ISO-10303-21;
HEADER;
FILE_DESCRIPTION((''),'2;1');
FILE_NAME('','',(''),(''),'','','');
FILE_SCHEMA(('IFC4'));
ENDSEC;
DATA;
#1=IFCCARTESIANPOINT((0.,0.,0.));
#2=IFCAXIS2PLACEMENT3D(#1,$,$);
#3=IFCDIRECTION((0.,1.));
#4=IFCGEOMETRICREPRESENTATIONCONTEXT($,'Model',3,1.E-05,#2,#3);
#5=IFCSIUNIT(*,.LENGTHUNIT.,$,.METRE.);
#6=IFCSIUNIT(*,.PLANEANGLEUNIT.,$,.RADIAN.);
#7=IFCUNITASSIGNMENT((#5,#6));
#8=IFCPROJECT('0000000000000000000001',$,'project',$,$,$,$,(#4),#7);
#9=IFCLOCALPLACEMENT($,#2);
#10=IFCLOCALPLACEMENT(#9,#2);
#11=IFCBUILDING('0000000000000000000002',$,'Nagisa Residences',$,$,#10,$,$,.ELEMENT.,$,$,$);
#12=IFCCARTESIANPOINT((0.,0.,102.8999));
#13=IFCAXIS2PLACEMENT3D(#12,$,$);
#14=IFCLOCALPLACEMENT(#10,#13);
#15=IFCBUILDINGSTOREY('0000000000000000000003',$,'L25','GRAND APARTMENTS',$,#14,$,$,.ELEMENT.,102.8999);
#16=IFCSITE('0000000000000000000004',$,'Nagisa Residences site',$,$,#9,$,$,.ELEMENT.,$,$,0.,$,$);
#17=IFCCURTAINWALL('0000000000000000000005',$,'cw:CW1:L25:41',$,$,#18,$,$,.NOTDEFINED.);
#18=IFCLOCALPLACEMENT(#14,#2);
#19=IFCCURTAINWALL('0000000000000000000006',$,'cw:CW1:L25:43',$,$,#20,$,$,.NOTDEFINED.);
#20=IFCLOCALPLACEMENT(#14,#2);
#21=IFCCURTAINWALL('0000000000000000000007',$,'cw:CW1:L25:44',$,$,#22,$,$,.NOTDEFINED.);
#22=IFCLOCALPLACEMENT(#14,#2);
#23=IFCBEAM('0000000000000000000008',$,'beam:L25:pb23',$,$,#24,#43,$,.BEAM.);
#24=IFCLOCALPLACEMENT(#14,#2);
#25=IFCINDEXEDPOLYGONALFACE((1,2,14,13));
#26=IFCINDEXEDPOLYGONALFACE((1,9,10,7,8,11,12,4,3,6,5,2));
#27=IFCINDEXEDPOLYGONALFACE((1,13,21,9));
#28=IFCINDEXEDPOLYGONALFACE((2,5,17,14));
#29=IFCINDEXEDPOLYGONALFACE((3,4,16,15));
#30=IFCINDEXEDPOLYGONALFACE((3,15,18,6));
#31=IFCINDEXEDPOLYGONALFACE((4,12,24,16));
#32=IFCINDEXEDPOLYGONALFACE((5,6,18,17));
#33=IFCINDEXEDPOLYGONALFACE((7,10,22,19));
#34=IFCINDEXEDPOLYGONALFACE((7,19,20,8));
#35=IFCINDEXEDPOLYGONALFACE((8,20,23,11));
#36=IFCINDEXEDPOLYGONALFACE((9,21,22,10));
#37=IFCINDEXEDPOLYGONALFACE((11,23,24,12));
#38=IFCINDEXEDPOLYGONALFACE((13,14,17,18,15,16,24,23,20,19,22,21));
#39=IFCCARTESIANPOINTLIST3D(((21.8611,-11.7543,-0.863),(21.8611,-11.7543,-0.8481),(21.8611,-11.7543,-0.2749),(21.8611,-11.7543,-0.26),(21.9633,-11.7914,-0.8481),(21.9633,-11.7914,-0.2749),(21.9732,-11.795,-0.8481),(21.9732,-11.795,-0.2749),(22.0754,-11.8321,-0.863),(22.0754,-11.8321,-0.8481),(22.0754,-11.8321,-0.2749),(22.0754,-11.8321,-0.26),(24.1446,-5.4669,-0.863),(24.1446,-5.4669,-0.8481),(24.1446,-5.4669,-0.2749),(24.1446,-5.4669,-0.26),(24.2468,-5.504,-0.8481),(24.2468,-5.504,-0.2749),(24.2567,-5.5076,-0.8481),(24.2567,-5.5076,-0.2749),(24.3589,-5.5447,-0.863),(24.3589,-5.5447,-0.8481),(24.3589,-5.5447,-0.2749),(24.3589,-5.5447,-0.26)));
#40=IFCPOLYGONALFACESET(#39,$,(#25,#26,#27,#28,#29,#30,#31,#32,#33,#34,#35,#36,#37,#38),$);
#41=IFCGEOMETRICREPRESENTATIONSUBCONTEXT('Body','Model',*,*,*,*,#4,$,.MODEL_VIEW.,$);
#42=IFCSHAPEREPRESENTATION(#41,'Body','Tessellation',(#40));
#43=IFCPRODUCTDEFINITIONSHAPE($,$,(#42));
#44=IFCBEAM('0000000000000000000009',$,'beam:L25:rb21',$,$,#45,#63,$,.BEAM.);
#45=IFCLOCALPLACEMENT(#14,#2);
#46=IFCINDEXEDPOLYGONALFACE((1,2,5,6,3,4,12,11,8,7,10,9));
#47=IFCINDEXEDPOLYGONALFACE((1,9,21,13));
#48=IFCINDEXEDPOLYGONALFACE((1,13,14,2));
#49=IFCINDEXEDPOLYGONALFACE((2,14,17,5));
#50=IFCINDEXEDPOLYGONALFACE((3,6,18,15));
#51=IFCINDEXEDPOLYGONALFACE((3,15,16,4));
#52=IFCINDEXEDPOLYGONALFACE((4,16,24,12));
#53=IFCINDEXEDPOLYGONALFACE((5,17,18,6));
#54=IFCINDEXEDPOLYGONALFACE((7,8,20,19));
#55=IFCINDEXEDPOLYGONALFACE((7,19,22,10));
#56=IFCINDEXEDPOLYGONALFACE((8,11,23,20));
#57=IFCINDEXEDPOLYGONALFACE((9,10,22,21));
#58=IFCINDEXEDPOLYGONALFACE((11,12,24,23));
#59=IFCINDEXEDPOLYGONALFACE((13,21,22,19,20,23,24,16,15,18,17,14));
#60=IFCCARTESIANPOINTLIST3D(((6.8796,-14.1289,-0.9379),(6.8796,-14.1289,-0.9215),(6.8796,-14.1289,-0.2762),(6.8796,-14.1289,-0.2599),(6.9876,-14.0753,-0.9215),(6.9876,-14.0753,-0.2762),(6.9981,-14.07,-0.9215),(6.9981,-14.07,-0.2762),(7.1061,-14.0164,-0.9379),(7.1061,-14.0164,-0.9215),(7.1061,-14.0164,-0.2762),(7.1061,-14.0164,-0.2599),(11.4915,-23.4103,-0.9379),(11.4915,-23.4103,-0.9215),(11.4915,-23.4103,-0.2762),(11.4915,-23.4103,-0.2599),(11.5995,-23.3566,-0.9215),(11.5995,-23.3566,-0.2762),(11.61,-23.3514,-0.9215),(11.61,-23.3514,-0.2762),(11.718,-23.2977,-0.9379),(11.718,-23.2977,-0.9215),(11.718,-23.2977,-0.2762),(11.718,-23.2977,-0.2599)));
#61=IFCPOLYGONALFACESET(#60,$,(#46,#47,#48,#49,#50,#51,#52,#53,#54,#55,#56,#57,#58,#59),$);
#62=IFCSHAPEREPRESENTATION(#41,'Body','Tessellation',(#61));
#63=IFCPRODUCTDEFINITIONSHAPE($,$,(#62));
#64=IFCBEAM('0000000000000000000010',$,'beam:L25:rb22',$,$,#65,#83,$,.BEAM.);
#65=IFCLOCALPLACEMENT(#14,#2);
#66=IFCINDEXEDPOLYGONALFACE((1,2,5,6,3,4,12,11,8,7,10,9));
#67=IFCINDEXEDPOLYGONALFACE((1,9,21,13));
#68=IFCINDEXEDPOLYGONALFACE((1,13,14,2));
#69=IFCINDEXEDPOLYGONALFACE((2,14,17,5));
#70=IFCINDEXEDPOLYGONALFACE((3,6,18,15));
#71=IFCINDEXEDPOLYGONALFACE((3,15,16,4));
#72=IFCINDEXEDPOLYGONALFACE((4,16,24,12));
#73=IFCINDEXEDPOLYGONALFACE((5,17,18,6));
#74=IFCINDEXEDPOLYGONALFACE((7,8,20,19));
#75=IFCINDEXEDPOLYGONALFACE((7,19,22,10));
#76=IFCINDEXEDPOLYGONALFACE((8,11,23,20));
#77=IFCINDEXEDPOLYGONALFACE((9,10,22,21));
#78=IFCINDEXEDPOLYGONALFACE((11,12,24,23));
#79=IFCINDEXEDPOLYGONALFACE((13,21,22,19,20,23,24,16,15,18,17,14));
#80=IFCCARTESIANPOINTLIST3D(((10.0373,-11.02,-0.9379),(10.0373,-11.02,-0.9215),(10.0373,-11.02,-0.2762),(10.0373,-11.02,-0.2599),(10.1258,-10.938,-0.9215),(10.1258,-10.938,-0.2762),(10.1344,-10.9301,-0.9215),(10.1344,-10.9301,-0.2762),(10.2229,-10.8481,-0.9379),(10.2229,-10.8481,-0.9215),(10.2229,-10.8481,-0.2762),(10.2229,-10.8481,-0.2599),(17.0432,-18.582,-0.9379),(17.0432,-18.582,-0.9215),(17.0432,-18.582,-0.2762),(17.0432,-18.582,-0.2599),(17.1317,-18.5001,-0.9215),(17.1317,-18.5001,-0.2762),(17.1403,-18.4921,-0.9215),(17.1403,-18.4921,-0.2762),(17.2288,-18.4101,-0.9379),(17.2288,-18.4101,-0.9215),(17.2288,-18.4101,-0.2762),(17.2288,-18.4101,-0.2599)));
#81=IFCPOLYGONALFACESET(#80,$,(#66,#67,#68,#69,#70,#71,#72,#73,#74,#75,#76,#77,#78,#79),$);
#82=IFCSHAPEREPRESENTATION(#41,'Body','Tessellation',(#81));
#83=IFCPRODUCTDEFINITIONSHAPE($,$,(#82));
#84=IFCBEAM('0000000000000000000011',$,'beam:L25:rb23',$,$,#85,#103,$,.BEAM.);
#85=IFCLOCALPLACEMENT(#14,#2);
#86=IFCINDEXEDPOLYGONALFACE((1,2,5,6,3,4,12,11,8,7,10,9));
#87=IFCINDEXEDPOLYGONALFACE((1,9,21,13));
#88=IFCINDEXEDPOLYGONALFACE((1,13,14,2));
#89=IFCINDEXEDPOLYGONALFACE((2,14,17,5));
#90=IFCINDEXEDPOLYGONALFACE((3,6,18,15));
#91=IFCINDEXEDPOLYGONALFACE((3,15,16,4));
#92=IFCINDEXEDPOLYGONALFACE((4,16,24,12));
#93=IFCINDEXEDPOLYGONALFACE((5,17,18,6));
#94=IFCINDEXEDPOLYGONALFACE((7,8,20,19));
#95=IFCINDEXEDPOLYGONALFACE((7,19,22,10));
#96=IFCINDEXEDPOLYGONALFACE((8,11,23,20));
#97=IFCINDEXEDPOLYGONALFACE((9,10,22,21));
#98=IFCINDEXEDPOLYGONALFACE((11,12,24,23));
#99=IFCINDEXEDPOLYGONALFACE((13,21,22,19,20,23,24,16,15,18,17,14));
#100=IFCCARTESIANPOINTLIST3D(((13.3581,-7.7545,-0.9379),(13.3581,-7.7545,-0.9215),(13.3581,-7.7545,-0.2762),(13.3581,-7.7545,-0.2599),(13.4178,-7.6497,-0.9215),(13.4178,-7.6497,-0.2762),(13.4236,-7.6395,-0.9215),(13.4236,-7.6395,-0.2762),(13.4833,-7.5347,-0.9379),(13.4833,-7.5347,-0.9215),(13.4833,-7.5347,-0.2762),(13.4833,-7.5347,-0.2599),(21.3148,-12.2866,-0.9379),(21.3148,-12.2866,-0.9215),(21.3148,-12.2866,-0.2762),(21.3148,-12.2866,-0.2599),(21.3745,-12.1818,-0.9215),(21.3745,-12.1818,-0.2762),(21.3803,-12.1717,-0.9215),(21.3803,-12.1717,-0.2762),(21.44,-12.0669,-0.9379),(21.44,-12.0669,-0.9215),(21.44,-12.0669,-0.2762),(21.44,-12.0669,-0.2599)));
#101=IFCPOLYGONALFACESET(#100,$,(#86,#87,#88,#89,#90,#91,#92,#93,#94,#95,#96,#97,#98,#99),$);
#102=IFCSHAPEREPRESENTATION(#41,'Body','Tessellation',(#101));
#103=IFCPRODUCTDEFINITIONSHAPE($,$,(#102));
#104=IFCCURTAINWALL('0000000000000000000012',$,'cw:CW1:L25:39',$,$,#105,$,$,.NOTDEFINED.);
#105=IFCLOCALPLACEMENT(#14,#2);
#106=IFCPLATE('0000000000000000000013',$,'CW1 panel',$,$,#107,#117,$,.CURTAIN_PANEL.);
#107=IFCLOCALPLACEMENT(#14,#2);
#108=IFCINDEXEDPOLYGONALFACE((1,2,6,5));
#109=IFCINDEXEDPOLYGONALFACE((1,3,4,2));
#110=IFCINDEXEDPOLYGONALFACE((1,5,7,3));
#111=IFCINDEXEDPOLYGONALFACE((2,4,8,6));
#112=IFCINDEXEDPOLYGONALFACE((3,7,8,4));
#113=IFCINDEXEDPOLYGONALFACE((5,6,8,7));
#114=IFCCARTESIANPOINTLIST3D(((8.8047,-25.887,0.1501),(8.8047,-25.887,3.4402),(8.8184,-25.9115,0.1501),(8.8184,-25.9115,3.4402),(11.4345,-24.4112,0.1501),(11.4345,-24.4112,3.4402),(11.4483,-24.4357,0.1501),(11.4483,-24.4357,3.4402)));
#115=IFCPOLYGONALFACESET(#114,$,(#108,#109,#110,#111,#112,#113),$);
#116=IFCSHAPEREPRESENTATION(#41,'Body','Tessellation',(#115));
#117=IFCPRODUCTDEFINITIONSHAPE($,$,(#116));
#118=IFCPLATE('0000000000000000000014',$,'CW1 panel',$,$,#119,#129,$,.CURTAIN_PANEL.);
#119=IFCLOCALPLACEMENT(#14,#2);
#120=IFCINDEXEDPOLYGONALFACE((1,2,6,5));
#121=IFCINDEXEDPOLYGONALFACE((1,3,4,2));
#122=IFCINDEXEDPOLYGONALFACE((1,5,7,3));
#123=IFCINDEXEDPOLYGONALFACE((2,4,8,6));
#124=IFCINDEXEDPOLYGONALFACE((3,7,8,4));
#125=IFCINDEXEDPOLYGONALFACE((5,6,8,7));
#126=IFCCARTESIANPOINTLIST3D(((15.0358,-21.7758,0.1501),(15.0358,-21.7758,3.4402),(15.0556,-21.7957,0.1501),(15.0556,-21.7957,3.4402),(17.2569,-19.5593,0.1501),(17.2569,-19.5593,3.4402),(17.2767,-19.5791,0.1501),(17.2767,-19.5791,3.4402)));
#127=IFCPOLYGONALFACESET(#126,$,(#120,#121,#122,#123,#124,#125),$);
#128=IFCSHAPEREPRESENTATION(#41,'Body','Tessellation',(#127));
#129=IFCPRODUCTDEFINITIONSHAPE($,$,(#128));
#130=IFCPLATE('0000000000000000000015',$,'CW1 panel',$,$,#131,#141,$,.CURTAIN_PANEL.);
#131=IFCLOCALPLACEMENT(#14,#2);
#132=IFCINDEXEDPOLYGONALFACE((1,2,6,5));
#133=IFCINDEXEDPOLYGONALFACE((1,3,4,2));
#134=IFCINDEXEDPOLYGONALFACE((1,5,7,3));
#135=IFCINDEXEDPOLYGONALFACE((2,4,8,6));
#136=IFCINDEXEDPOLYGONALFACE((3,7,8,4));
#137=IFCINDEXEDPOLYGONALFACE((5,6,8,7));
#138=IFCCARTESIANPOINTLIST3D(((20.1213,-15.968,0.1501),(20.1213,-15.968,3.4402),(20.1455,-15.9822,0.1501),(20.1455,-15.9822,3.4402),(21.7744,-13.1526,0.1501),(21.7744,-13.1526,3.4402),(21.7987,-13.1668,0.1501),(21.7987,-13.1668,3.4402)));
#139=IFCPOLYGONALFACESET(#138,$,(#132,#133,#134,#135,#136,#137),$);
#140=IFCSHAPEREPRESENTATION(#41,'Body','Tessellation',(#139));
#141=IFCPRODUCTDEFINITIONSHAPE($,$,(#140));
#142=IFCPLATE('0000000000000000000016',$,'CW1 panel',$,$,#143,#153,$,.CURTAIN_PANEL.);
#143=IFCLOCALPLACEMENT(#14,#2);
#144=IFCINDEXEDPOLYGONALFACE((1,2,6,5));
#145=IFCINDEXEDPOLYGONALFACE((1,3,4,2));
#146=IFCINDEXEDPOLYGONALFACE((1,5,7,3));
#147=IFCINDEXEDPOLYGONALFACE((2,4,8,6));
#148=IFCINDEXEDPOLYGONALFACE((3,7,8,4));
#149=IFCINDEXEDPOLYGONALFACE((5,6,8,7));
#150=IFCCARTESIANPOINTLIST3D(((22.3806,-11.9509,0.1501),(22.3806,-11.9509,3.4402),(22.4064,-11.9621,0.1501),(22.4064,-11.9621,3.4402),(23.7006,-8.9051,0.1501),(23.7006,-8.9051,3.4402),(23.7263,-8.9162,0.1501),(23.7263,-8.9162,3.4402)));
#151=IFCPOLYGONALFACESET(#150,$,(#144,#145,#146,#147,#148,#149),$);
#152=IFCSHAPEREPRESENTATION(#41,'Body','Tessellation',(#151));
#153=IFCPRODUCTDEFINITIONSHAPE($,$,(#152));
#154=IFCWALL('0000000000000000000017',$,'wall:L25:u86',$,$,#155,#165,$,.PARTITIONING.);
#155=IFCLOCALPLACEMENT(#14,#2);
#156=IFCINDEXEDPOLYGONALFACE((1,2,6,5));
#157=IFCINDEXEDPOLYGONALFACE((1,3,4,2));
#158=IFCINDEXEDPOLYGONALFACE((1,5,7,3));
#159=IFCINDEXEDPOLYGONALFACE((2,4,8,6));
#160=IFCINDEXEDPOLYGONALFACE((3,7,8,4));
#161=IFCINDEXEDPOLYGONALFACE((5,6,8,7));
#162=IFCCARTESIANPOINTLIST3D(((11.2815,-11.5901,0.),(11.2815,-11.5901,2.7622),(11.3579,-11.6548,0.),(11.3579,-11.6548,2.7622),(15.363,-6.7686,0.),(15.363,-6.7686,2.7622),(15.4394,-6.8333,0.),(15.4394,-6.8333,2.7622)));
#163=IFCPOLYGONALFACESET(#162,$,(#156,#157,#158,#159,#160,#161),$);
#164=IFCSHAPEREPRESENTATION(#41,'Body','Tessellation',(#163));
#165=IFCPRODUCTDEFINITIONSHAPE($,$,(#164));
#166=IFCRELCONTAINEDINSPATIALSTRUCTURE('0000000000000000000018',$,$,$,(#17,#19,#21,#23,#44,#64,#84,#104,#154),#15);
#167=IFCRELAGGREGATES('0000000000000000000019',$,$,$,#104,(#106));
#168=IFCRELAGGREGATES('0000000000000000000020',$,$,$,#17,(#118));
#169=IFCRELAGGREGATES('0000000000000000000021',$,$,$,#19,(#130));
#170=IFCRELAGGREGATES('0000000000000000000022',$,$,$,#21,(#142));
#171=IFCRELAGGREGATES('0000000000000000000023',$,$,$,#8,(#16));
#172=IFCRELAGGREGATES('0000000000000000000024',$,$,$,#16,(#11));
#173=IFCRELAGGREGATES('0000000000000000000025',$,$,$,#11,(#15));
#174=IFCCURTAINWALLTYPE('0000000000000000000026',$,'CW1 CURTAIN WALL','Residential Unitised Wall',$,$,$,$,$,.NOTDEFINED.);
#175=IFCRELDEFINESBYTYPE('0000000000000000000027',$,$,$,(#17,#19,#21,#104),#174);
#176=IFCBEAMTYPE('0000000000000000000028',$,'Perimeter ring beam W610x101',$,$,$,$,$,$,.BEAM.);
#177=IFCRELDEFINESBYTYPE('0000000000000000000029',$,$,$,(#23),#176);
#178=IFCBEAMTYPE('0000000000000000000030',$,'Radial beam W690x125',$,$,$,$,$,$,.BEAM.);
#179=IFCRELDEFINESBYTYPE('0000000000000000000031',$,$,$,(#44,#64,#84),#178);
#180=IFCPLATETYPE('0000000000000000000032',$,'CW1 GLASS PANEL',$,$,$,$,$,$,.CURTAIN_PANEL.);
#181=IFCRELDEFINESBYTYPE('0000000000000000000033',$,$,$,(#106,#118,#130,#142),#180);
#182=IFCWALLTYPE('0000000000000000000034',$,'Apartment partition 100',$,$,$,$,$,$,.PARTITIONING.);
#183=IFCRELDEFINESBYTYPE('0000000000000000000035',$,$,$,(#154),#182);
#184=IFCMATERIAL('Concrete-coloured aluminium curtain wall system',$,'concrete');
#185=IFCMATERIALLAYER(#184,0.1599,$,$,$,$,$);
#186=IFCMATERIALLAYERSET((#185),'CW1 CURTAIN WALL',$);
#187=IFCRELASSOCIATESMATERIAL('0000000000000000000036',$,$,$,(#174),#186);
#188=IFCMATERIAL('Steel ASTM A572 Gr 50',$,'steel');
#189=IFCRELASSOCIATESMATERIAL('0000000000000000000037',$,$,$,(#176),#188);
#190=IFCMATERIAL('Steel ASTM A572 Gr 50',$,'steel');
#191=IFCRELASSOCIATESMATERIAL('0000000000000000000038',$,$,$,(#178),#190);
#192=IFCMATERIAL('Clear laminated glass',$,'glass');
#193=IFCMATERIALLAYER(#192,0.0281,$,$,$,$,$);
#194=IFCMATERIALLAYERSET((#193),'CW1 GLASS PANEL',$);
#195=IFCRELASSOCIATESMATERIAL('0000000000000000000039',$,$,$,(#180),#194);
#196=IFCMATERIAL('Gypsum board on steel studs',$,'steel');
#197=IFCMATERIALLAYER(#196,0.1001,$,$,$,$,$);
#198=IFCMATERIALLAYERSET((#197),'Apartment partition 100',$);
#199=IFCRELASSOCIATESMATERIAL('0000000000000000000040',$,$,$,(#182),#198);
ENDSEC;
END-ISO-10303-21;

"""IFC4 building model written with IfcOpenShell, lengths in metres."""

from ifc_helpers import new_model, si_unit, direction, frame, frame_2d, origin, origin_2d, place, context, subcontext, project, spatial, rectangle, i_section, extrude, material, layer, layer_set, material_profile, profile_set, type_object, element, aggregate, save


model = new_model("IFC4")

# Units and contexts
model_context = context("Model", 3, precision=1e-05, world=origin(), true_north=direction((0.0, 1.0)))
body_context = subcontext(model_context, "Body", "Model", "MODEL_VIEW")
ifc_project = project(units=[si_unit("LENGTHUNIT", "METRE"), si_unit("PLANEANGLEUNIT", "RADIAN")], contexts=[model_context])

# Site, building, storey
site_placement = place(None, origin())
site = spatial("IfcSite", under=ifc_project, at=site_placement, Name="Nagisa Residences site", CompositionType="ELEMENT", RefElevation=0.0)
building_placement = place(site_placement, origin())
building = spatial("IfcBuilding", under=site, at=building_placement, Name="Nagisa Residences", CompositionType="ELEMENT")
storey_placement = place(building_placement, frame((0.0, 0.0, 102.8999)))
storey = spatial("IfcBuildingStorey", under=building, at=storey_placement, Name="L25", Description="GRAND APARTMENTS", CompositionType="ELEMENT", Elevation=102.8999)

# Curtain walls
ifc_material_1 = material(Name="Concrete-coloured aluminium curtain wall system", Category="concrete")
ifc_layer_1 = layer(ifc_material_1, 0.1599)
ifc_layer_set_1 = layer_set([ifc_layer_1], Name="CW1 CURTAIN WALL")
curtain_wall_type = type_object("IfcCurtainWallType", Name="CW1 CURTAIN WALL", Description="Residential Unitised Wall", PredefinedType="NOTDEFINED", material=ifc_layer_set_1)
curtain_wall_1_placement = place(storey_placement, origin())
curtain_wall_1 = element("IfcCurtainWall", 1, at=curtain_wall_1_placement, inside=storey, type_object=curtain_wall_type, Name="cw:CW1:L25:41", PredefinedType="NOTDEFINED")
curtain_wall_2_placement = place(storey_placement, origin())
curtain_wall_2 = element("IfcCurtainWall", 2, at=curtain_wall_2_placement, inside=storey, type_object=curtain_wall_type, Name="cw:CW1:L25:43", PredefinedType="NOTDEFINED")
curtain_wall_3_placement = place(storey_placement, origin())
curtain_wall_3 = element("IfcCurtainWall", 3, at=curtain_wall_3_placement, inside=storey, type_object=curtain_wall_type, Name="cw:CW1:L25:44", PredefinedType="NOTDEFINED")

# Beams
ifc_material_2 = material(Name="Steel ASTM A572 Gr 50", Category="steel")
ifc_material_profile_1 = material_profile(ifc_material_2, i_section(OverallWidth=0.228, OverallDepth=0.603, WebThickness=0.0105, FlangeThickness=0.0149, at=origin_2d()), Name="W610x101")
ifc_profile_set_1 = profile_set([ifc_material_profile_1], Name="Steel ASTM A572 Gr 50")
beam_type_1 = type_object("IfcBeamType", Name="Perimeter ring beam W610x101", PredefinedType="BEAM", material=ifc_profile_set_1)
beam_1_placement = place(storey_placement, frame((21.9683, -11.7932, -0.5615), z_axis=(0.341365, 0.939931, 0.0), x_axis=(-0.939931, 0.341365, 0.0)))
element("IfcBeam", 4, at=beam_1_placement, inside=storey, type_object=beam_type_1, Name="beam:L25:pb23", PredefinedType="BEAM", context=body_context, shape_type="SweptSolid", body=[
    extrude(i_section(OverallWidth=0.228, OverallDepth=0.603, WebThickness=0.0105, FlangeThickness=0.0149, at=origin_2d()), origin(), (0.0, 0.0, 1.0), 6.6892),
])
ifc_material_3 = material(Name="Steel ASTM A572 Gr 50", Category="steel")
ifc_material_profile_2 = material_profile(ifc_material_3, i_section(OverallWidth=0.2529, OverallDepth=0.678, WebThickness=0.0117, FlangeThickness=0.0164, at=origin_2d()), Name="W690x125")
ifc_profile_set_2 = profile_set([ifc_material_profile_2], Name="Steel ASTM A572 Gr 50")
beam_type_2 = type_object("IfcBeamType", Name="Radial beam W690x125", PredefinedType="BEAM", material=ifc_profile_set_2)
beam_2_placement = place(storey_placement, frame((11.6047, -23.354, -0.5989), z_axis=(-0.444988, 0.895536, 0.0), x_axis=(-0.895536, -0.444988, 0.0)))
element("IfcBeam", 5, at=beam_2_placement, inside=storey, type_object=beam_type_2, Name="beam:L25:rb21", PredefinedType="BEAM", context=body_context, shape_type="SweptSolid", body=[
    extrude(i_section(OverallWidth=0.2529, OverallDepth=0.678, WebThickness=0.0117, FlangeThickness=0.0164, at=origin_2d()), origin(), (0.0, 0.0, 1.0), 10.364),
])
beam_3_placement = place(storey_placement, frame((17.136, -18.4961, -0.5989), z_axis=(-0.679617, 0.733567, 0.0), x_axis=(-0.733567, -0.679617, 0.0)))
element("IfcBeam", 6, at=beam_3_placement, inside=storey, type_object=beam_type_2, Name="beam:L25:rb22", PredefinedType="BEAM", context=body_context, shape_type="SweptSolid", body=[
    extrude(i_section(OverallWidth=0.2529, OverallDepth=0.678, WebThickness=0.0117, FlangeThickness=0.0164, at=origin_2d()), origin(), (0.0, 0.0, 1.0), 10.3086),
])
beam_4_placement = place(storey_placement, frame((21.3774, -12.1768, -0.5989), z_axis=(-0.868925, 0.494944, 0.0), x_axis=(-0.494944, -0.868925, 0.0)))
element("IfcBeam", 7, at=beam_4_placement, inside=storey, type_object=beam_type_2, Name="beam:L25:rb23", PredefinedType="BEAM", context=body_context, shape_type="SweptSolid", body=[
    extrude(i_section(OverallWidth=0.2529, OverallDepth=0.678, WebThickness=0.0117, FlangeThickness=0.0164, at=origin_2d()), origin(), (0.0, 0.0, 1.0), 9.157),
])

# Curtain wall, plate
curtain_wall_4_placement = place(storey_placement, origin())
curtain_wall_4 = element("IfcCurtainWall", 8, at=curtain_wall_4_placement, inside=storey, type_object=curtain_wall_type, Name="cw:CW1:L25:39", PredefinedType="NOTDEFINED")
ifc_material_4 = material(Name="Clear laminated glass", Category="glass")
ifc_layer_2 = layer(ifc_material_4, 0.0281)
ifc_layer_set_2 = layer_set([ifc_layer_2], Name="CW1 GLASS PANEL")
plate_type = type_object("IfcPlateType", Name="CW1 GLASS PANEL", PredefinedType="CURTAIN_PANEL", material=ifc_layer_set_2)
plate_1_placement = place(storey_placement, frame((10.1265, -25.1614, 0.1501), z_axis=(0.0, 0.0, 1.0), x_axis=(0.872072, 0.489377, 0.0)))
plate_1 = element("IfcPlate", 9, at=plate_1_placement, type_object=plate_type, Name="CW1 panel", PredefinedType="CURTAIN_PANEL", context=body_context, shape_type="SweptSolid", body=[
    extrude(rectangle(XDim=3.0156, YDim=0.0281, at=origin_2d()), origin(), (0.0, 0.0, 1.0), 3.29),
])
aggregate(curtain_wall_4, [plate_1])

# Plates
plate_2_placement = place(storey_placement, frame((16.1562, -20.6775, 0.1501), z_axis=(0.0, 0.0, 1.0), x_axis=(0.707836, 0.706377, 0.0)))
plate_2 = element("IfcPlate", 10, at=plate_2_placement, type_object=plate_type, Name="CW1 panel", PredefinedType="CURTAIN_PANEL", context=body_context, shape_type="SweptSolid", body=[
    extrude(rectangle(XDim=3.1379, YDim=0.0281, at=origin_2d()), origin(), (0.0, 0.0, 1.0), 3.29),
])
aggregate(curtain_wall_1, [plate_2])
plate_3_placement = place(storey_placement, frame((20.96, -14.5674, 0.1501), z_axis=(0.0, 0.0, 1.0), x_axis=(0.506349, 0.862329, 0.0)))
plate_3 = element("IfcPlate", 11, at=plate_3_placement, type_object=plate_type, Name="CW1 panel", PredefinedType="CURTAIN_PANEL", context=body_context, shape_type="SweptSolid", body=[
    extrude(rectangle(XDim=3.2649, YDim=0.0281, at=origin_2d()), origin(), (0.0, 0.0, 1.0), 3.29),
])
aggregate(curtain_wall_2, [plate_3])
plate_4_placement = place(storey_placement, frame((23.0535, -10.4336, 0.1501), z_axis=(0.0, 0.0, 1.0), x_axis=(0.397636, 0.917543, 0.0)))
plate_4 = element("IfcPlate", 12, at=plate_4_placement, type_object=plate_type, Name="CW1 panel", PredefinedType="CURTAIN_PANEL", context=body_context, shape_type="SweptSolid", body=[
    extrude(rectangle(XDim=3.3196, YDim=0.0281, at=origin_2d()), origin(), (0.0, 0.0, 1.0), 3.29),
])
aggregate(curtain_wall_3, [plate_4])

# Wall
ifc_material_5 = material(Name="Gypsum board on steel studs", Category="steel")
ifc_layer_3 = layer(ifc_material_5, 0.1001)
ifc_layer_set_3 = layer_set([ifc_layer_3], Name="Apartment partition 100")
wall_type_1 = type_object("IfcWallType", Name="Apartment partition 100", PredefinedType="PARTITIONING", material=ifc_layer_set_3)
wall_1_placement = place(storey_placement, frame((11.3196, -11.6226, 0.0), z_axis=(0.0, 0.0, 1.0), x_axis=(0.646107, 0.763247, 0.0)))
element("IfcWall", 13, at=wall_1_placement, inside=storey, type_object=wall_type_1, Name="wall:L25:u86", PredefinedType="PARTITIONING", context=body_context, shape_type="SweptSolid", body=[
    extrude(rectangle(XDim=6.3171, YDim=0.1001, at=frame_2d((3.1587, 0.0))), origin(), (0.0, 0.0, 1.0), 2.7622),
])

save(model, "model.ifc")
